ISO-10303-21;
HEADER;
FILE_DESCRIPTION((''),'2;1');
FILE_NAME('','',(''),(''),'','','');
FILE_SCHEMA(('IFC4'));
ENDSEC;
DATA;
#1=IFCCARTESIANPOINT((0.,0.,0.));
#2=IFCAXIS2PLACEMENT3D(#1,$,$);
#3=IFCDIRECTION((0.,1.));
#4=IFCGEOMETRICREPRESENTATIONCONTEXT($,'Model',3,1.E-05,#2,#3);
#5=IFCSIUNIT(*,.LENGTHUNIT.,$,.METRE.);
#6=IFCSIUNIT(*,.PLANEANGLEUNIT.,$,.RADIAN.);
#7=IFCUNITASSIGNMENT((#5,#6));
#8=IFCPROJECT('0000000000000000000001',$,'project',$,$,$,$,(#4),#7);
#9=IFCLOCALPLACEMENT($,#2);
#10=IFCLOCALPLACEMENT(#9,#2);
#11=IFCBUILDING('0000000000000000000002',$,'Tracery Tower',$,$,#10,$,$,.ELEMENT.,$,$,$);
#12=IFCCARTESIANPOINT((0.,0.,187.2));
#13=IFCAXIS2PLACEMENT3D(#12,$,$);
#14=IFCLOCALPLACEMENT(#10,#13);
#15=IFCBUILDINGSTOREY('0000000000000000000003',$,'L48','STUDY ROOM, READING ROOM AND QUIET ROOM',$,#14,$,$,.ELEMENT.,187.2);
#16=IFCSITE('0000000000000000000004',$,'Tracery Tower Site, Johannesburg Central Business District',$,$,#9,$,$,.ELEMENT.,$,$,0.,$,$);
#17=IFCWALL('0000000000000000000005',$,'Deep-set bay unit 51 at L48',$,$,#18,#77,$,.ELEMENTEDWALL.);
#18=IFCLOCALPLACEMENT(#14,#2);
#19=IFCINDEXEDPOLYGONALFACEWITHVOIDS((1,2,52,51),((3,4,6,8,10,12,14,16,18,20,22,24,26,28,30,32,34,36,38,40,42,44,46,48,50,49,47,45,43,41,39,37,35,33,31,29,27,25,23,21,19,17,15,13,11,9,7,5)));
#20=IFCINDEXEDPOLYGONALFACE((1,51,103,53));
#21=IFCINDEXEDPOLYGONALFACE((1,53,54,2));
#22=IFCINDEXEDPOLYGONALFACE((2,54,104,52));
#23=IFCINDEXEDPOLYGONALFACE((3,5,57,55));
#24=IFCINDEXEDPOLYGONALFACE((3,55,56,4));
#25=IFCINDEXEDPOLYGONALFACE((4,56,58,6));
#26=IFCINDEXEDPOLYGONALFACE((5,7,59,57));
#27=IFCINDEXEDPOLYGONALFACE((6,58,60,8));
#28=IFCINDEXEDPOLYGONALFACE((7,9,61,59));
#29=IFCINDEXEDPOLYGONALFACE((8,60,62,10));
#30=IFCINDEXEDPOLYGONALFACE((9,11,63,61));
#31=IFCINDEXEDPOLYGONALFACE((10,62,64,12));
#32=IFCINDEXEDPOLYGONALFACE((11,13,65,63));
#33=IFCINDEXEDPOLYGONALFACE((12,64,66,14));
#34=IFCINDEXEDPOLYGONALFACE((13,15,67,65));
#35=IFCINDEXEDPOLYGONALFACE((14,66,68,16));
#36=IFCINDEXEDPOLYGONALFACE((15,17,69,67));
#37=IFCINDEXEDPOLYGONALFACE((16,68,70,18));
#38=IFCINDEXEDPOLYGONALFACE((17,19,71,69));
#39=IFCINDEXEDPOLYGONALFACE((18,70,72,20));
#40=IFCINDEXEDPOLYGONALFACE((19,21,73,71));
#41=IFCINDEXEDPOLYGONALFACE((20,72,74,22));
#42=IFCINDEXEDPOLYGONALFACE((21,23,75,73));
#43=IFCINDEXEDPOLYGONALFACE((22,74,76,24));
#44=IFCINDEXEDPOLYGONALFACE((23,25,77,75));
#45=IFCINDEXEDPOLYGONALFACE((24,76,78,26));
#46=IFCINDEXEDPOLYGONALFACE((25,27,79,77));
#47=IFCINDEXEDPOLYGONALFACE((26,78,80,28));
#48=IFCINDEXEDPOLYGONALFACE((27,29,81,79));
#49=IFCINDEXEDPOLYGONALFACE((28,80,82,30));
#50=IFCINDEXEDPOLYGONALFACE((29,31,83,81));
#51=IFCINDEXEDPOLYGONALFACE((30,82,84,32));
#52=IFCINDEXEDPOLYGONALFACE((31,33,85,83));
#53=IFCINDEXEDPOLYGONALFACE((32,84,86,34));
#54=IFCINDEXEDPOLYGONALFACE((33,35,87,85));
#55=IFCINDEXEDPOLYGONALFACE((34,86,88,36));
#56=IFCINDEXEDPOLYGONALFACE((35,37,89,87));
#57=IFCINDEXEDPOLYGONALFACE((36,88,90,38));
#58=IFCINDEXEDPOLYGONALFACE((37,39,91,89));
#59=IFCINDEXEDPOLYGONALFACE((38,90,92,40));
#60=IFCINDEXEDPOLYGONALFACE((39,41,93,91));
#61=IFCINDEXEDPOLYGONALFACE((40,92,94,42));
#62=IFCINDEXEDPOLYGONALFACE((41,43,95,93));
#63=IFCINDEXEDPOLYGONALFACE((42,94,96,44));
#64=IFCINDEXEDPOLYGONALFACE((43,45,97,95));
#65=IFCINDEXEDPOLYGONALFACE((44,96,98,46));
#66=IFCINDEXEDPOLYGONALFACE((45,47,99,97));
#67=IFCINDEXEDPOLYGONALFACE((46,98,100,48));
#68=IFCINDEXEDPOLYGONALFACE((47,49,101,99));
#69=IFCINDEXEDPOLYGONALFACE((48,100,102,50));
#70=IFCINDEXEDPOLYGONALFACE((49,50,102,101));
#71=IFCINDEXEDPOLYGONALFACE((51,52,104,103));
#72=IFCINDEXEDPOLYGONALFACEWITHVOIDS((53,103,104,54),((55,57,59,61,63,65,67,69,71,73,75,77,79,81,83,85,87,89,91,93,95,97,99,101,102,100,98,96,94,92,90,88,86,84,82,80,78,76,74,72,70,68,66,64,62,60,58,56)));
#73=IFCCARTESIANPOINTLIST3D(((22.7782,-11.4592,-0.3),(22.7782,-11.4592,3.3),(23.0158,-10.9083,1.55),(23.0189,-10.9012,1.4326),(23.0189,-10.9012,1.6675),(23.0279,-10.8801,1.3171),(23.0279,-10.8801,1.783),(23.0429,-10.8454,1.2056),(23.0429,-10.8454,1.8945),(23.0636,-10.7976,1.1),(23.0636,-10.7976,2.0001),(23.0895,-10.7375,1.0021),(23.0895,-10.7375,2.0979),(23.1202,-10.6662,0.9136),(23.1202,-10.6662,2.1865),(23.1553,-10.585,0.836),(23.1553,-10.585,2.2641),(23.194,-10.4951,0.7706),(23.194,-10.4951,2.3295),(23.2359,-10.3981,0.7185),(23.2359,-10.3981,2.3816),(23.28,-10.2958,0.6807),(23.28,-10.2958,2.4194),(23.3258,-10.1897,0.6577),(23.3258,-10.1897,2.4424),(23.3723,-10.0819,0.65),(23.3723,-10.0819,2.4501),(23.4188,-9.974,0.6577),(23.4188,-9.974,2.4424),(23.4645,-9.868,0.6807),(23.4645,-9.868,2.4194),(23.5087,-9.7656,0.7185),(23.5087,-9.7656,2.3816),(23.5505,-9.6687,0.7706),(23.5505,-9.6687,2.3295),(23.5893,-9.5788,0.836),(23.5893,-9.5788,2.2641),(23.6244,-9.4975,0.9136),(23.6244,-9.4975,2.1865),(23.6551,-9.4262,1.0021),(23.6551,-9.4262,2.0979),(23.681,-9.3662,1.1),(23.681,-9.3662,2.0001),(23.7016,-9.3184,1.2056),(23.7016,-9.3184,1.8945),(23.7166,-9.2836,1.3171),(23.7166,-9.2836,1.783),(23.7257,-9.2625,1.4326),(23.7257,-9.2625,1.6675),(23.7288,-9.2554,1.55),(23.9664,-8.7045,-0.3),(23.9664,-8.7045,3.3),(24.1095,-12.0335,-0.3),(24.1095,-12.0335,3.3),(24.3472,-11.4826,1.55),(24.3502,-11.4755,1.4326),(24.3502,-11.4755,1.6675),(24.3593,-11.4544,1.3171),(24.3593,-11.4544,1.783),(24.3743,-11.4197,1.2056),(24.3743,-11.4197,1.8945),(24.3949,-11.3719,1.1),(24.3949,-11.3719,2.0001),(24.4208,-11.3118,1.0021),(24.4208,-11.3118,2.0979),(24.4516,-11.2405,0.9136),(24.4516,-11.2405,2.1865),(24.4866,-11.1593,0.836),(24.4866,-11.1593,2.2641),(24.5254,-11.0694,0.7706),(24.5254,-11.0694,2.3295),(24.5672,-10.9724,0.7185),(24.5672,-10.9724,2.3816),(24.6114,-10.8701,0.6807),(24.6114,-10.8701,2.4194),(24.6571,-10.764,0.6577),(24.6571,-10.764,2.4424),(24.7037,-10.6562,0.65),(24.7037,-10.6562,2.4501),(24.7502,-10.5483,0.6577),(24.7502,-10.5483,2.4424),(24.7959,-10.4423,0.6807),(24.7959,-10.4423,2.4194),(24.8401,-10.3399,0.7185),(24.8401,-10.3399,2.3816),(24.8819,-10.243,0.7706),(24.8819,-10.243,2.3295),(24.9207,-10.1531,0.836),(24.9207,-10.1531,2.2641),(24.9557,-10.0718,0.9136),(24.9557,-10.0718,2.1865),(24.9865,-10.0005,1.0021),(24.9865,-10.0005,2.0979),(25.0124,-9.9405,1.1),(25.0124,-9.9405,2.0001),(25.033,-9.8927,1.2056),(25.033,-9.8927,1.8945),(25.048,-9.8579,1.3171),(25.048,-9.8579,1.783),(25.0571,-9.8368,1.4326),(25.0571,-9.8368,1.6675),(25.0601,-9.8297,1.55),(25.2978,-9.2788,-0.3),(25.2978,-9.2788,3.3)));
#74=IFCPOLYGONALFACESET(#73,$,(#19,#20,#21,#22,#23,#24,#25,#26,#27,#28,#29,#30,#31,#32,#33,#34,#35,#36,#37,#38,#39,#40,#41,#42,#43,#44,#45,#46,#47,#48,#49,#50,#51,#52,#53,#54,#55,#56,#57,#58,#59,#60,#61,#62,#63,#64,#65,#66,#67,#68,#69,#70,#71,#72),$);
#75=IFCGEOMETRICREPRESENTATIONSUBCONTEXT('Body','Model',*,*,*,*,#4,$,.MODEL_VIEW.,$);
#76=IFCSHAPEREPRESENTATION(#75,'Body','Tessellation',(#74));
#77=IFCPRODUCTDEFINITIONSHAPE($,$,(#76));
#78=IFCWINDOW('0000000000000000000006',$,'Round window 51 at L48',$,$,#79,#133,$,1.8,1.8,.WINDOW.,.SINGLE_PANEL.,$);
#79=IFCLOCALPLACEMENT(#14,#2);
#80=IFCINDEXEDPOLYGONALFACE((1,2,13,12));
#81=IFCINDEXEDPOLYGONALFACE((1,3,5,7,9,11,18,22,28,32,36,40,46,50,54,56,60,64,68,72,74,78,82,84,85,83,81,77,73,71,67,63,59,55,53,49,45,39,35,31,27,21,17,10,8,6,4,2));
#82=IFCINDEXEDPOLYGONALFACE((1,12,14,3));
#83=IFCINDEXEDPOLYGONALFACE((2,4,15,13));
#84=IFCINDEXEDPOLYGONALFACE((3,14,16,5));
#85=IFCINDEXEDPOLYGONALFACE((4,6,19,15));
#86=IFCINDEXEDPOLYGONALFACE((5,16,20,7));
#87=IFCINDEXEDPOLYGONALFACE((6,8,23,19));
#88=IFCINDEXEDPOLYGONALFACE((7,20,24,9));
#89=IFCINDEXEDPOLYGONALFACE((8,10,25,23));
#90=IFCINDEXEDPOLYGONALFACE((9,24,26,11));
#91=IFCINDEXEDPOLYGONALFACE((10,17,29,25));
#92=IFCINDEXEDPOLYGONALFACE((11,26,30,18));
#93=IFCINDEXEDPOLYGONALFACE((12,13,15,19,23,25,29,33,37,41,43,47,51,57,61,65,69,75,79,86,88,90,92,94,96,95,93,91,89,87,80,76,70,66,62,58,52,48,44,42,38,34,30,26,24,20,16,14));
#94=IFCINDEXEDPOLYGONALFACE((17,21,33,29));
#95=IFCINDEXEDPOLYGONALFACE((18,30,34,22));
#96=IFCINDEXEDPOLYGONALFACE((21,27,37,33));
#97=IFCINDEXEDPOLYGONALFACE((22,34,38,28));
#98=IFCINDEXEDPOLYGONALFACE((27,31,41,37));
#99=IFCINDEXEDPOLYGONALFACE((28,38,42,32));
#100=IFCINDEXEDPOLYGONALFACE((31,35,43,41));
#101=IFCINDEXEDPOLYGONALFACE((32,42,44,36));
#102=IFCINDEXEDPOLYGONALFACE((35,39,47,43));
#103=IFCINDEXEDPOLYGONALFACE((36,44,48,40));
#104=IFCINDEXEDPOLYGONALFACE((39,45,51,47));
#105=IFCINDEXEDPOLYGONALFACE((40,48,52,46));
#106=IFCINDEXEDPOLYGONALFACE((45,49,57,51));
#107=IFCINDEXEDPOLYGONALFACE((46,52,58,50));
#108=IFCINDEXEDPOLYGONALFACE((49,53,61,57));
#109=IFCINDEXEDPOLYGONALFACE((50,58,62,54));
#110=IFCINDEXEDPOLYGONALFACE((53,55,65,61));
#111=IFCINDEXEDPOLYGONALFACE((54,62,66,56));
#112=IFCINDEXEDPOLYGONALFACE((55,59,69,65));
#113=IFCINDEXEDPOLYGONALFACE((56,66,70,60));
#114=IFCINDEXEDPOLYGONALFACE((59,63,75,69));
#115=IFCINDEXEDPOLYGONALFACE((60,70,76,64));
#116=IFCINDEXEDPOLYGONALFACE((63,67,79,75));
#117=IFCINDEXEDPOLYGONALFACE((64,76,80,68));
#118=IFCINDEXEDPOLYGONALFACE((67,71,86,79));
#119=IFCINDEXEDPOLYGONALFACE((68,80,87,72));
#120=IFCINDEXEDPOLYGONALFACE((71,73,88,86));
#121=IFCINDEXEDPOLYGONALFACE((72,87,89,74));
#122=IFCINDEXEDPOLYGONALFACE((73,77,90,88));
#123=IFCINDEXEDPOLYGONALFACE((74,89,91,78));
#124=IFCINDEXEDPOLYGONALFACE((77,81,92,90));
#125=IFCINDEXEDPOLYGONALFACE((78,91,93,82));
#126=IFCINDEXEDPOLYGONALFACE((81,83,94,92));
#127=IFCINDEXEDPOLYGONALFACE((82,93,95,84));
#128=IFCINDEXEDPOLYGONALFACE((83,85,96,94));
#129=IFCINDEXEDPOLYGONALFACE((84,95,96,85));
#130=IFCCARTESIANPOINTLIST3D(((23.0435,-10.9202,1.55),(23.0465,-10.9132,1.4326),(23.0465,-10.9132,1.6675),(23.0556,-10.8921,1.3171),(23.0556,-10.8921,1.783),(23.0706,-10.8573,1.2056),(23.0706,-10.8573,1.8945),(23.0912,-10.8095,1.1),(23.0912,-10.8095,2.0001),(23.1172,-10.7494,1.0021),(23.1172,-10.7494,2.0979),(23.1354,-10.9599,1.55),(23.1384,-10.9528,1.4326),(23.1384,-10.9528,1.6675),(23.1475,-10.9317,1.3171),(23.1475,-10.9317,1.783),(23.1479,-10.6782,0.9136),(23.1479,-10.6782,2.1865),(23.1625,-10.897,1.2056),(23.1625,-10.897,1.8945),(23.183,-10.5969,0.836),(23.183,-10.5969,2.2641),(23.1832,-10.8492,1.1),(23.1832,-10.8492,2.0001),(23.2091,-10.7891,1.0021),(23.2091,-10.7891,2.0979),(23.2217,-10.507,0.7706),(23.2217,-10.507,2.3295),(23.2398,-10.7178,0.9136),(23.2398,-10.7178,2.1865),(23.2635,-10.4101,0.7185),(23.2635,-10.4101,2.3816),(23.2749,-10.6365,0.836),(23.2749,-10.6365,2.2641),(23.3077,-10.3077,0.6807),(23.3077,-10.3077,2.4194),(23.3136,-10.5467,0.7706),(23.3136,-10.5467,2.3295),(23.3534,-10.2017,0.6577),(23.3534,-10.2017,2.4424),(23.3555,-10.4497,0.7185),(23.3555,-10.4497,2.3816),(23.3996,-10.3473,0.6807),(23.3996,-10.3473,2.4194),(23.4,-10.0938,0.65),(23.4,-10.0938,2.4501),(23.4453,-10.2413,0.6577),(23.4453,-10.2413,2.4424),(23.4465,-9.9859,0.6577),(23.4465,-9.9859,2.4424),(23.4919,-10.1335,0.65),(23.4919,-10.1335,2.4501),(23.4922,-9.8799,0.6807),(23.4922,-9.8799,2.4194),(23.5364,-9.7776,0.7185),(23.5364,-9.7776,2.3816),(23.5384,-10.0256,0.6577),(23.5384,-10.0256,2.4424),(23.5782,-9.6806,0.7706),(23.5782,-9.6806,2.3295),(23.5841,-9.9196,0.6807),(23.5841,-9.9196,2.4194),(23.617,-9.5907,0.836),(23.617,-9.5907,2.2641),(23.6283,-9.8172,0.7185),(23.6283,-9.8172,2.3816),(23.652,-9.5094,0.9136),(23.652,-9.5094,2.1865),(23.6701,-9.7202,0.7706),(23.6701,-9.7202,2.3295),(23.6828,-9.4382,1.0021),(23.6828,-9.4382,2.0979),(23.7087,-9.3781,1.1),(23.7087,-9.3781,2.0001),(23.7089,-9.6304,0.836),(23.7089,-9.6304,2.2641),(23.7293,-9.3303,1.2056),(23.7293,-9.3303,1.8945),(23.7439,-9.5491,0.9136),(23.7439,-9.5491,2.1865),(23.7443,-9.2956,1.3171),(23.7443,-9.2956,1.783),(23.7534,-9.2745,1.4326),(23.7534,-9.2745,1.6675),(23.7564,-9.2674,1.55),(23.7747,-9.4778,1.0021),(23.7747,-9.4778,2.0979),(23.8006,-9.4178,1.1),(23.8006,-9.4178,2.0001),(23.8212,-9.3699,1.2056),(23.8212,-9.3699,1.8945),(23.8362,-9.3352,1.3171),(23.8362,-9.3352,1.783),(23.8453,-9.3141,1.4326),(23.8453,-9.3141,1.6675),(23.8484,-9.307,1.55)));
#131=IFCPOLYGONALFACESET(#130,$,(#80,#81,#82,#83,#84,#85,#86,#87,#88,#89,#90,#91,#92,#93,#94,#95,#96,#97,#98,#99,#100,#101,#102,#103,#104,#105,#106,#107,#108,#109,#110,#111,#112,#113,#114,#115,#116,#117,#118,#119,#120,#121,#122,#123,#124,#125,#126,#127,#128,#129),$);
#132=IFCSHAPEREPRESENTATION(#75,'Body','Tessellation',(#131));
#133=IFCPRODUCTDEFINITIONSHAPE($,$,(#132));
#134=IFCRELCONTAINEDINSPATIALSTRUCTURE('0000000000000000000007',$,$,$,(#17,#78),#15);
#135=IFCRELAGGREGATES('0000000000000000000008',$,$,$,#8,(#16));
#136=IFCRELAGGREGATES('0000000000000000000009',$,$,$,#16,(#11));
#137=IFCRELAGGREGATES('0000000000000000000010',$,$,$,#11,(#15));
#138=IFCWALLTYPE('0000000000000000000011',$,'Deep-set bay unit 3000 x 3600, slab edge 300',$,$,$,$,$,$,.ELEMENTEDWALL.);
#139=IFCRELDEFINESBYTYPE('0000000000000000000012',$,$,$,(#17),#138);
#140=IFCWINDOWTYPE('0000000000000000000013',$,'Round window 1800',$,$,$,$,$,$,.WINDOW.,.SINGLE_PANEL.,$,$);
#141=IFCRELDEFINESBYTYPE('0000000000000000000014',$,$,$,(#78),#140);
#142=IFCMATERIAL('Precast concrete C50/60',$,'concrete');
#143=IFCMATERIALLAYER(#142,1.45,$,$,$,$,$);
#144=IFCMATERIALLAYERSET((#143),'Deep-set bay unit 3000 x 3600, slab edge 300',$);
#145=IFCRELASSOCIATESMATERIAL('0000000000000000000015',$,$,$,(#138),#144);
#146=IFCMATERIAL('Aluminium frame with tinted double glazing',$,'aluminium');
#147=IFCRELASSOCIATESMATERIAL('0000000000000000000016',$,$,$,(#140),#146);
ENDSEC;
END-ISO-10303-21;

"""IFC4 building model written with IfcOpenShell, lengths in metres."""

from ifc_helpers import new_model, si_unit, direction, frame, frame_2d, origin, origin_2d, place, context, subcontext, project, spatial, rectangle, circle, extrude, material, layer, layer_set, type_object, element, fill, save


model = new_model("IFC4")

# Units and contexts
model_context = context("Model", 3, precision=1e-05, world=origin(), true_north=direction((0.0, 1.0)))
body_context = subcontext(model_context, "Body", "Model", "MODEL_VIEW")
ifc_project = project(units=[si_unit("LENGTHUNIT", "METRE"), si_unit("PLANEANGLEUNIT", "RADIAN")], contexts=[model_context])

# Site, building, storey
site_placement = place(None, origin())
site = spatial("IfcSite", under=ifc_project, at=site_placement, Name="Tracery Tower Site, Johannesburg Central Business District", CompositionType="ELEMENT", RefElevation=0.0)
building_placement = place(site_placement, origin())
building = spatial("IfcBuilding", under=site, at=building_placement, Name="Tracery Tower", CompositionType="ELEMENT")
storey_placement = place(building_placement, frame((0.0, 0.0, 187.2)))
storey = spatial("IfcBuildingStorey", under=building, at=storey_placement, Name="L48", Description="STUDY ROOM, READING ROOM AND QUIET ROOM", CompositionType="ELEMENT", Elevation=187.2)

# Wall, opening, window
ifc_material_1 = material(Name="Precast concrete C50/60", Category="concrete")
ifc_layer_1 = layer(ifc_material_1, 1.45)
ifc_layer_set_1 = layer_set([ifc_layer_1], Name="Deep-set bay unit 3000 x 3600, slab edge 300")
wall_type_1 = type_object("IfcWallType", Name="Deep-set bay unit 3000 x 3600, slab edge 300", PredefinedType="ELEMENTEDWALL", material=ifc_layer_set_1)
wall_1_placement = place(storey_placement, frame((23.4438, -11.7463, -0.3), z_axis=(0.0, 0.0, 1.0), x_axis=(0.396079, 0.918216, 0.0)))
wall_1 = element("IfcWall", 1, at=wall_1_placement, inside=storey, type_object=wall_type_1, Name="Deep-set bay unit 51 at L48", PredefinedType="ELEMENTEDWALL", context=body_context, shape_type="SweptSolid", body=[
    extrude(rectangle(XDim=3.0, YDim=1.45, at=frame_2d((1.5, 0.0))), origin(), (0.0, 0.0, 1.0), 3.6001),
])
opening_1_placement = place(wall_1_placement, frame((1.5, 0.0, 1.8501)))
opening_1 = element("IfcOpeningElement", 2, at=opening_1_placement, cuts=wall_1, PredefinedType="OPENING", context=body_context, shape_type="SweptSolid", body=[
    extrude(circle(Radius=0.9, at=origin_2d()), frame((0.0, 0.7349, 0.0), z_axis=(0.0, -1.0, 0.0), x_axis=(1.0, 0.0, 0.0)), (0.0, 0.0, 1.0), 1.47),
])
ifc_material_2 = material(Name="Aluminium frame with tinted double glazing", Category="aluminium")
window_type = type_object("IfcWindowType", Name="Round window 1800", PartitioningType="SINGLE_PANEL", PredefinedType="WINDOW", material=ifc_material_2)
window_1_placement = place(opening_1_placement, origin())
window_1 = element("IfcWindow", 3, at=window_1_placement, inside=storey, type_object=window_type, Name="Round window 51 at L48", OverallHeight=1.8, OverallWidth=1.8, PartitioningType="SINGLE_PANEL", PredefinedType="WINDOW", context=body_context, shape_type="SweptSolid", body=[
    extrude(circle(Radius=0.9, at=origin_2d()), frame((0.0, 0.6948, 0.0), z_axis=(0.0, -1.0, 0.0), x_axis=(1.0, 0.0, 0.0)), (0.0, 0.0, 1.0), 0.1001),
])
fill(opening_1, window_1)

save(model, "model.ifc")
